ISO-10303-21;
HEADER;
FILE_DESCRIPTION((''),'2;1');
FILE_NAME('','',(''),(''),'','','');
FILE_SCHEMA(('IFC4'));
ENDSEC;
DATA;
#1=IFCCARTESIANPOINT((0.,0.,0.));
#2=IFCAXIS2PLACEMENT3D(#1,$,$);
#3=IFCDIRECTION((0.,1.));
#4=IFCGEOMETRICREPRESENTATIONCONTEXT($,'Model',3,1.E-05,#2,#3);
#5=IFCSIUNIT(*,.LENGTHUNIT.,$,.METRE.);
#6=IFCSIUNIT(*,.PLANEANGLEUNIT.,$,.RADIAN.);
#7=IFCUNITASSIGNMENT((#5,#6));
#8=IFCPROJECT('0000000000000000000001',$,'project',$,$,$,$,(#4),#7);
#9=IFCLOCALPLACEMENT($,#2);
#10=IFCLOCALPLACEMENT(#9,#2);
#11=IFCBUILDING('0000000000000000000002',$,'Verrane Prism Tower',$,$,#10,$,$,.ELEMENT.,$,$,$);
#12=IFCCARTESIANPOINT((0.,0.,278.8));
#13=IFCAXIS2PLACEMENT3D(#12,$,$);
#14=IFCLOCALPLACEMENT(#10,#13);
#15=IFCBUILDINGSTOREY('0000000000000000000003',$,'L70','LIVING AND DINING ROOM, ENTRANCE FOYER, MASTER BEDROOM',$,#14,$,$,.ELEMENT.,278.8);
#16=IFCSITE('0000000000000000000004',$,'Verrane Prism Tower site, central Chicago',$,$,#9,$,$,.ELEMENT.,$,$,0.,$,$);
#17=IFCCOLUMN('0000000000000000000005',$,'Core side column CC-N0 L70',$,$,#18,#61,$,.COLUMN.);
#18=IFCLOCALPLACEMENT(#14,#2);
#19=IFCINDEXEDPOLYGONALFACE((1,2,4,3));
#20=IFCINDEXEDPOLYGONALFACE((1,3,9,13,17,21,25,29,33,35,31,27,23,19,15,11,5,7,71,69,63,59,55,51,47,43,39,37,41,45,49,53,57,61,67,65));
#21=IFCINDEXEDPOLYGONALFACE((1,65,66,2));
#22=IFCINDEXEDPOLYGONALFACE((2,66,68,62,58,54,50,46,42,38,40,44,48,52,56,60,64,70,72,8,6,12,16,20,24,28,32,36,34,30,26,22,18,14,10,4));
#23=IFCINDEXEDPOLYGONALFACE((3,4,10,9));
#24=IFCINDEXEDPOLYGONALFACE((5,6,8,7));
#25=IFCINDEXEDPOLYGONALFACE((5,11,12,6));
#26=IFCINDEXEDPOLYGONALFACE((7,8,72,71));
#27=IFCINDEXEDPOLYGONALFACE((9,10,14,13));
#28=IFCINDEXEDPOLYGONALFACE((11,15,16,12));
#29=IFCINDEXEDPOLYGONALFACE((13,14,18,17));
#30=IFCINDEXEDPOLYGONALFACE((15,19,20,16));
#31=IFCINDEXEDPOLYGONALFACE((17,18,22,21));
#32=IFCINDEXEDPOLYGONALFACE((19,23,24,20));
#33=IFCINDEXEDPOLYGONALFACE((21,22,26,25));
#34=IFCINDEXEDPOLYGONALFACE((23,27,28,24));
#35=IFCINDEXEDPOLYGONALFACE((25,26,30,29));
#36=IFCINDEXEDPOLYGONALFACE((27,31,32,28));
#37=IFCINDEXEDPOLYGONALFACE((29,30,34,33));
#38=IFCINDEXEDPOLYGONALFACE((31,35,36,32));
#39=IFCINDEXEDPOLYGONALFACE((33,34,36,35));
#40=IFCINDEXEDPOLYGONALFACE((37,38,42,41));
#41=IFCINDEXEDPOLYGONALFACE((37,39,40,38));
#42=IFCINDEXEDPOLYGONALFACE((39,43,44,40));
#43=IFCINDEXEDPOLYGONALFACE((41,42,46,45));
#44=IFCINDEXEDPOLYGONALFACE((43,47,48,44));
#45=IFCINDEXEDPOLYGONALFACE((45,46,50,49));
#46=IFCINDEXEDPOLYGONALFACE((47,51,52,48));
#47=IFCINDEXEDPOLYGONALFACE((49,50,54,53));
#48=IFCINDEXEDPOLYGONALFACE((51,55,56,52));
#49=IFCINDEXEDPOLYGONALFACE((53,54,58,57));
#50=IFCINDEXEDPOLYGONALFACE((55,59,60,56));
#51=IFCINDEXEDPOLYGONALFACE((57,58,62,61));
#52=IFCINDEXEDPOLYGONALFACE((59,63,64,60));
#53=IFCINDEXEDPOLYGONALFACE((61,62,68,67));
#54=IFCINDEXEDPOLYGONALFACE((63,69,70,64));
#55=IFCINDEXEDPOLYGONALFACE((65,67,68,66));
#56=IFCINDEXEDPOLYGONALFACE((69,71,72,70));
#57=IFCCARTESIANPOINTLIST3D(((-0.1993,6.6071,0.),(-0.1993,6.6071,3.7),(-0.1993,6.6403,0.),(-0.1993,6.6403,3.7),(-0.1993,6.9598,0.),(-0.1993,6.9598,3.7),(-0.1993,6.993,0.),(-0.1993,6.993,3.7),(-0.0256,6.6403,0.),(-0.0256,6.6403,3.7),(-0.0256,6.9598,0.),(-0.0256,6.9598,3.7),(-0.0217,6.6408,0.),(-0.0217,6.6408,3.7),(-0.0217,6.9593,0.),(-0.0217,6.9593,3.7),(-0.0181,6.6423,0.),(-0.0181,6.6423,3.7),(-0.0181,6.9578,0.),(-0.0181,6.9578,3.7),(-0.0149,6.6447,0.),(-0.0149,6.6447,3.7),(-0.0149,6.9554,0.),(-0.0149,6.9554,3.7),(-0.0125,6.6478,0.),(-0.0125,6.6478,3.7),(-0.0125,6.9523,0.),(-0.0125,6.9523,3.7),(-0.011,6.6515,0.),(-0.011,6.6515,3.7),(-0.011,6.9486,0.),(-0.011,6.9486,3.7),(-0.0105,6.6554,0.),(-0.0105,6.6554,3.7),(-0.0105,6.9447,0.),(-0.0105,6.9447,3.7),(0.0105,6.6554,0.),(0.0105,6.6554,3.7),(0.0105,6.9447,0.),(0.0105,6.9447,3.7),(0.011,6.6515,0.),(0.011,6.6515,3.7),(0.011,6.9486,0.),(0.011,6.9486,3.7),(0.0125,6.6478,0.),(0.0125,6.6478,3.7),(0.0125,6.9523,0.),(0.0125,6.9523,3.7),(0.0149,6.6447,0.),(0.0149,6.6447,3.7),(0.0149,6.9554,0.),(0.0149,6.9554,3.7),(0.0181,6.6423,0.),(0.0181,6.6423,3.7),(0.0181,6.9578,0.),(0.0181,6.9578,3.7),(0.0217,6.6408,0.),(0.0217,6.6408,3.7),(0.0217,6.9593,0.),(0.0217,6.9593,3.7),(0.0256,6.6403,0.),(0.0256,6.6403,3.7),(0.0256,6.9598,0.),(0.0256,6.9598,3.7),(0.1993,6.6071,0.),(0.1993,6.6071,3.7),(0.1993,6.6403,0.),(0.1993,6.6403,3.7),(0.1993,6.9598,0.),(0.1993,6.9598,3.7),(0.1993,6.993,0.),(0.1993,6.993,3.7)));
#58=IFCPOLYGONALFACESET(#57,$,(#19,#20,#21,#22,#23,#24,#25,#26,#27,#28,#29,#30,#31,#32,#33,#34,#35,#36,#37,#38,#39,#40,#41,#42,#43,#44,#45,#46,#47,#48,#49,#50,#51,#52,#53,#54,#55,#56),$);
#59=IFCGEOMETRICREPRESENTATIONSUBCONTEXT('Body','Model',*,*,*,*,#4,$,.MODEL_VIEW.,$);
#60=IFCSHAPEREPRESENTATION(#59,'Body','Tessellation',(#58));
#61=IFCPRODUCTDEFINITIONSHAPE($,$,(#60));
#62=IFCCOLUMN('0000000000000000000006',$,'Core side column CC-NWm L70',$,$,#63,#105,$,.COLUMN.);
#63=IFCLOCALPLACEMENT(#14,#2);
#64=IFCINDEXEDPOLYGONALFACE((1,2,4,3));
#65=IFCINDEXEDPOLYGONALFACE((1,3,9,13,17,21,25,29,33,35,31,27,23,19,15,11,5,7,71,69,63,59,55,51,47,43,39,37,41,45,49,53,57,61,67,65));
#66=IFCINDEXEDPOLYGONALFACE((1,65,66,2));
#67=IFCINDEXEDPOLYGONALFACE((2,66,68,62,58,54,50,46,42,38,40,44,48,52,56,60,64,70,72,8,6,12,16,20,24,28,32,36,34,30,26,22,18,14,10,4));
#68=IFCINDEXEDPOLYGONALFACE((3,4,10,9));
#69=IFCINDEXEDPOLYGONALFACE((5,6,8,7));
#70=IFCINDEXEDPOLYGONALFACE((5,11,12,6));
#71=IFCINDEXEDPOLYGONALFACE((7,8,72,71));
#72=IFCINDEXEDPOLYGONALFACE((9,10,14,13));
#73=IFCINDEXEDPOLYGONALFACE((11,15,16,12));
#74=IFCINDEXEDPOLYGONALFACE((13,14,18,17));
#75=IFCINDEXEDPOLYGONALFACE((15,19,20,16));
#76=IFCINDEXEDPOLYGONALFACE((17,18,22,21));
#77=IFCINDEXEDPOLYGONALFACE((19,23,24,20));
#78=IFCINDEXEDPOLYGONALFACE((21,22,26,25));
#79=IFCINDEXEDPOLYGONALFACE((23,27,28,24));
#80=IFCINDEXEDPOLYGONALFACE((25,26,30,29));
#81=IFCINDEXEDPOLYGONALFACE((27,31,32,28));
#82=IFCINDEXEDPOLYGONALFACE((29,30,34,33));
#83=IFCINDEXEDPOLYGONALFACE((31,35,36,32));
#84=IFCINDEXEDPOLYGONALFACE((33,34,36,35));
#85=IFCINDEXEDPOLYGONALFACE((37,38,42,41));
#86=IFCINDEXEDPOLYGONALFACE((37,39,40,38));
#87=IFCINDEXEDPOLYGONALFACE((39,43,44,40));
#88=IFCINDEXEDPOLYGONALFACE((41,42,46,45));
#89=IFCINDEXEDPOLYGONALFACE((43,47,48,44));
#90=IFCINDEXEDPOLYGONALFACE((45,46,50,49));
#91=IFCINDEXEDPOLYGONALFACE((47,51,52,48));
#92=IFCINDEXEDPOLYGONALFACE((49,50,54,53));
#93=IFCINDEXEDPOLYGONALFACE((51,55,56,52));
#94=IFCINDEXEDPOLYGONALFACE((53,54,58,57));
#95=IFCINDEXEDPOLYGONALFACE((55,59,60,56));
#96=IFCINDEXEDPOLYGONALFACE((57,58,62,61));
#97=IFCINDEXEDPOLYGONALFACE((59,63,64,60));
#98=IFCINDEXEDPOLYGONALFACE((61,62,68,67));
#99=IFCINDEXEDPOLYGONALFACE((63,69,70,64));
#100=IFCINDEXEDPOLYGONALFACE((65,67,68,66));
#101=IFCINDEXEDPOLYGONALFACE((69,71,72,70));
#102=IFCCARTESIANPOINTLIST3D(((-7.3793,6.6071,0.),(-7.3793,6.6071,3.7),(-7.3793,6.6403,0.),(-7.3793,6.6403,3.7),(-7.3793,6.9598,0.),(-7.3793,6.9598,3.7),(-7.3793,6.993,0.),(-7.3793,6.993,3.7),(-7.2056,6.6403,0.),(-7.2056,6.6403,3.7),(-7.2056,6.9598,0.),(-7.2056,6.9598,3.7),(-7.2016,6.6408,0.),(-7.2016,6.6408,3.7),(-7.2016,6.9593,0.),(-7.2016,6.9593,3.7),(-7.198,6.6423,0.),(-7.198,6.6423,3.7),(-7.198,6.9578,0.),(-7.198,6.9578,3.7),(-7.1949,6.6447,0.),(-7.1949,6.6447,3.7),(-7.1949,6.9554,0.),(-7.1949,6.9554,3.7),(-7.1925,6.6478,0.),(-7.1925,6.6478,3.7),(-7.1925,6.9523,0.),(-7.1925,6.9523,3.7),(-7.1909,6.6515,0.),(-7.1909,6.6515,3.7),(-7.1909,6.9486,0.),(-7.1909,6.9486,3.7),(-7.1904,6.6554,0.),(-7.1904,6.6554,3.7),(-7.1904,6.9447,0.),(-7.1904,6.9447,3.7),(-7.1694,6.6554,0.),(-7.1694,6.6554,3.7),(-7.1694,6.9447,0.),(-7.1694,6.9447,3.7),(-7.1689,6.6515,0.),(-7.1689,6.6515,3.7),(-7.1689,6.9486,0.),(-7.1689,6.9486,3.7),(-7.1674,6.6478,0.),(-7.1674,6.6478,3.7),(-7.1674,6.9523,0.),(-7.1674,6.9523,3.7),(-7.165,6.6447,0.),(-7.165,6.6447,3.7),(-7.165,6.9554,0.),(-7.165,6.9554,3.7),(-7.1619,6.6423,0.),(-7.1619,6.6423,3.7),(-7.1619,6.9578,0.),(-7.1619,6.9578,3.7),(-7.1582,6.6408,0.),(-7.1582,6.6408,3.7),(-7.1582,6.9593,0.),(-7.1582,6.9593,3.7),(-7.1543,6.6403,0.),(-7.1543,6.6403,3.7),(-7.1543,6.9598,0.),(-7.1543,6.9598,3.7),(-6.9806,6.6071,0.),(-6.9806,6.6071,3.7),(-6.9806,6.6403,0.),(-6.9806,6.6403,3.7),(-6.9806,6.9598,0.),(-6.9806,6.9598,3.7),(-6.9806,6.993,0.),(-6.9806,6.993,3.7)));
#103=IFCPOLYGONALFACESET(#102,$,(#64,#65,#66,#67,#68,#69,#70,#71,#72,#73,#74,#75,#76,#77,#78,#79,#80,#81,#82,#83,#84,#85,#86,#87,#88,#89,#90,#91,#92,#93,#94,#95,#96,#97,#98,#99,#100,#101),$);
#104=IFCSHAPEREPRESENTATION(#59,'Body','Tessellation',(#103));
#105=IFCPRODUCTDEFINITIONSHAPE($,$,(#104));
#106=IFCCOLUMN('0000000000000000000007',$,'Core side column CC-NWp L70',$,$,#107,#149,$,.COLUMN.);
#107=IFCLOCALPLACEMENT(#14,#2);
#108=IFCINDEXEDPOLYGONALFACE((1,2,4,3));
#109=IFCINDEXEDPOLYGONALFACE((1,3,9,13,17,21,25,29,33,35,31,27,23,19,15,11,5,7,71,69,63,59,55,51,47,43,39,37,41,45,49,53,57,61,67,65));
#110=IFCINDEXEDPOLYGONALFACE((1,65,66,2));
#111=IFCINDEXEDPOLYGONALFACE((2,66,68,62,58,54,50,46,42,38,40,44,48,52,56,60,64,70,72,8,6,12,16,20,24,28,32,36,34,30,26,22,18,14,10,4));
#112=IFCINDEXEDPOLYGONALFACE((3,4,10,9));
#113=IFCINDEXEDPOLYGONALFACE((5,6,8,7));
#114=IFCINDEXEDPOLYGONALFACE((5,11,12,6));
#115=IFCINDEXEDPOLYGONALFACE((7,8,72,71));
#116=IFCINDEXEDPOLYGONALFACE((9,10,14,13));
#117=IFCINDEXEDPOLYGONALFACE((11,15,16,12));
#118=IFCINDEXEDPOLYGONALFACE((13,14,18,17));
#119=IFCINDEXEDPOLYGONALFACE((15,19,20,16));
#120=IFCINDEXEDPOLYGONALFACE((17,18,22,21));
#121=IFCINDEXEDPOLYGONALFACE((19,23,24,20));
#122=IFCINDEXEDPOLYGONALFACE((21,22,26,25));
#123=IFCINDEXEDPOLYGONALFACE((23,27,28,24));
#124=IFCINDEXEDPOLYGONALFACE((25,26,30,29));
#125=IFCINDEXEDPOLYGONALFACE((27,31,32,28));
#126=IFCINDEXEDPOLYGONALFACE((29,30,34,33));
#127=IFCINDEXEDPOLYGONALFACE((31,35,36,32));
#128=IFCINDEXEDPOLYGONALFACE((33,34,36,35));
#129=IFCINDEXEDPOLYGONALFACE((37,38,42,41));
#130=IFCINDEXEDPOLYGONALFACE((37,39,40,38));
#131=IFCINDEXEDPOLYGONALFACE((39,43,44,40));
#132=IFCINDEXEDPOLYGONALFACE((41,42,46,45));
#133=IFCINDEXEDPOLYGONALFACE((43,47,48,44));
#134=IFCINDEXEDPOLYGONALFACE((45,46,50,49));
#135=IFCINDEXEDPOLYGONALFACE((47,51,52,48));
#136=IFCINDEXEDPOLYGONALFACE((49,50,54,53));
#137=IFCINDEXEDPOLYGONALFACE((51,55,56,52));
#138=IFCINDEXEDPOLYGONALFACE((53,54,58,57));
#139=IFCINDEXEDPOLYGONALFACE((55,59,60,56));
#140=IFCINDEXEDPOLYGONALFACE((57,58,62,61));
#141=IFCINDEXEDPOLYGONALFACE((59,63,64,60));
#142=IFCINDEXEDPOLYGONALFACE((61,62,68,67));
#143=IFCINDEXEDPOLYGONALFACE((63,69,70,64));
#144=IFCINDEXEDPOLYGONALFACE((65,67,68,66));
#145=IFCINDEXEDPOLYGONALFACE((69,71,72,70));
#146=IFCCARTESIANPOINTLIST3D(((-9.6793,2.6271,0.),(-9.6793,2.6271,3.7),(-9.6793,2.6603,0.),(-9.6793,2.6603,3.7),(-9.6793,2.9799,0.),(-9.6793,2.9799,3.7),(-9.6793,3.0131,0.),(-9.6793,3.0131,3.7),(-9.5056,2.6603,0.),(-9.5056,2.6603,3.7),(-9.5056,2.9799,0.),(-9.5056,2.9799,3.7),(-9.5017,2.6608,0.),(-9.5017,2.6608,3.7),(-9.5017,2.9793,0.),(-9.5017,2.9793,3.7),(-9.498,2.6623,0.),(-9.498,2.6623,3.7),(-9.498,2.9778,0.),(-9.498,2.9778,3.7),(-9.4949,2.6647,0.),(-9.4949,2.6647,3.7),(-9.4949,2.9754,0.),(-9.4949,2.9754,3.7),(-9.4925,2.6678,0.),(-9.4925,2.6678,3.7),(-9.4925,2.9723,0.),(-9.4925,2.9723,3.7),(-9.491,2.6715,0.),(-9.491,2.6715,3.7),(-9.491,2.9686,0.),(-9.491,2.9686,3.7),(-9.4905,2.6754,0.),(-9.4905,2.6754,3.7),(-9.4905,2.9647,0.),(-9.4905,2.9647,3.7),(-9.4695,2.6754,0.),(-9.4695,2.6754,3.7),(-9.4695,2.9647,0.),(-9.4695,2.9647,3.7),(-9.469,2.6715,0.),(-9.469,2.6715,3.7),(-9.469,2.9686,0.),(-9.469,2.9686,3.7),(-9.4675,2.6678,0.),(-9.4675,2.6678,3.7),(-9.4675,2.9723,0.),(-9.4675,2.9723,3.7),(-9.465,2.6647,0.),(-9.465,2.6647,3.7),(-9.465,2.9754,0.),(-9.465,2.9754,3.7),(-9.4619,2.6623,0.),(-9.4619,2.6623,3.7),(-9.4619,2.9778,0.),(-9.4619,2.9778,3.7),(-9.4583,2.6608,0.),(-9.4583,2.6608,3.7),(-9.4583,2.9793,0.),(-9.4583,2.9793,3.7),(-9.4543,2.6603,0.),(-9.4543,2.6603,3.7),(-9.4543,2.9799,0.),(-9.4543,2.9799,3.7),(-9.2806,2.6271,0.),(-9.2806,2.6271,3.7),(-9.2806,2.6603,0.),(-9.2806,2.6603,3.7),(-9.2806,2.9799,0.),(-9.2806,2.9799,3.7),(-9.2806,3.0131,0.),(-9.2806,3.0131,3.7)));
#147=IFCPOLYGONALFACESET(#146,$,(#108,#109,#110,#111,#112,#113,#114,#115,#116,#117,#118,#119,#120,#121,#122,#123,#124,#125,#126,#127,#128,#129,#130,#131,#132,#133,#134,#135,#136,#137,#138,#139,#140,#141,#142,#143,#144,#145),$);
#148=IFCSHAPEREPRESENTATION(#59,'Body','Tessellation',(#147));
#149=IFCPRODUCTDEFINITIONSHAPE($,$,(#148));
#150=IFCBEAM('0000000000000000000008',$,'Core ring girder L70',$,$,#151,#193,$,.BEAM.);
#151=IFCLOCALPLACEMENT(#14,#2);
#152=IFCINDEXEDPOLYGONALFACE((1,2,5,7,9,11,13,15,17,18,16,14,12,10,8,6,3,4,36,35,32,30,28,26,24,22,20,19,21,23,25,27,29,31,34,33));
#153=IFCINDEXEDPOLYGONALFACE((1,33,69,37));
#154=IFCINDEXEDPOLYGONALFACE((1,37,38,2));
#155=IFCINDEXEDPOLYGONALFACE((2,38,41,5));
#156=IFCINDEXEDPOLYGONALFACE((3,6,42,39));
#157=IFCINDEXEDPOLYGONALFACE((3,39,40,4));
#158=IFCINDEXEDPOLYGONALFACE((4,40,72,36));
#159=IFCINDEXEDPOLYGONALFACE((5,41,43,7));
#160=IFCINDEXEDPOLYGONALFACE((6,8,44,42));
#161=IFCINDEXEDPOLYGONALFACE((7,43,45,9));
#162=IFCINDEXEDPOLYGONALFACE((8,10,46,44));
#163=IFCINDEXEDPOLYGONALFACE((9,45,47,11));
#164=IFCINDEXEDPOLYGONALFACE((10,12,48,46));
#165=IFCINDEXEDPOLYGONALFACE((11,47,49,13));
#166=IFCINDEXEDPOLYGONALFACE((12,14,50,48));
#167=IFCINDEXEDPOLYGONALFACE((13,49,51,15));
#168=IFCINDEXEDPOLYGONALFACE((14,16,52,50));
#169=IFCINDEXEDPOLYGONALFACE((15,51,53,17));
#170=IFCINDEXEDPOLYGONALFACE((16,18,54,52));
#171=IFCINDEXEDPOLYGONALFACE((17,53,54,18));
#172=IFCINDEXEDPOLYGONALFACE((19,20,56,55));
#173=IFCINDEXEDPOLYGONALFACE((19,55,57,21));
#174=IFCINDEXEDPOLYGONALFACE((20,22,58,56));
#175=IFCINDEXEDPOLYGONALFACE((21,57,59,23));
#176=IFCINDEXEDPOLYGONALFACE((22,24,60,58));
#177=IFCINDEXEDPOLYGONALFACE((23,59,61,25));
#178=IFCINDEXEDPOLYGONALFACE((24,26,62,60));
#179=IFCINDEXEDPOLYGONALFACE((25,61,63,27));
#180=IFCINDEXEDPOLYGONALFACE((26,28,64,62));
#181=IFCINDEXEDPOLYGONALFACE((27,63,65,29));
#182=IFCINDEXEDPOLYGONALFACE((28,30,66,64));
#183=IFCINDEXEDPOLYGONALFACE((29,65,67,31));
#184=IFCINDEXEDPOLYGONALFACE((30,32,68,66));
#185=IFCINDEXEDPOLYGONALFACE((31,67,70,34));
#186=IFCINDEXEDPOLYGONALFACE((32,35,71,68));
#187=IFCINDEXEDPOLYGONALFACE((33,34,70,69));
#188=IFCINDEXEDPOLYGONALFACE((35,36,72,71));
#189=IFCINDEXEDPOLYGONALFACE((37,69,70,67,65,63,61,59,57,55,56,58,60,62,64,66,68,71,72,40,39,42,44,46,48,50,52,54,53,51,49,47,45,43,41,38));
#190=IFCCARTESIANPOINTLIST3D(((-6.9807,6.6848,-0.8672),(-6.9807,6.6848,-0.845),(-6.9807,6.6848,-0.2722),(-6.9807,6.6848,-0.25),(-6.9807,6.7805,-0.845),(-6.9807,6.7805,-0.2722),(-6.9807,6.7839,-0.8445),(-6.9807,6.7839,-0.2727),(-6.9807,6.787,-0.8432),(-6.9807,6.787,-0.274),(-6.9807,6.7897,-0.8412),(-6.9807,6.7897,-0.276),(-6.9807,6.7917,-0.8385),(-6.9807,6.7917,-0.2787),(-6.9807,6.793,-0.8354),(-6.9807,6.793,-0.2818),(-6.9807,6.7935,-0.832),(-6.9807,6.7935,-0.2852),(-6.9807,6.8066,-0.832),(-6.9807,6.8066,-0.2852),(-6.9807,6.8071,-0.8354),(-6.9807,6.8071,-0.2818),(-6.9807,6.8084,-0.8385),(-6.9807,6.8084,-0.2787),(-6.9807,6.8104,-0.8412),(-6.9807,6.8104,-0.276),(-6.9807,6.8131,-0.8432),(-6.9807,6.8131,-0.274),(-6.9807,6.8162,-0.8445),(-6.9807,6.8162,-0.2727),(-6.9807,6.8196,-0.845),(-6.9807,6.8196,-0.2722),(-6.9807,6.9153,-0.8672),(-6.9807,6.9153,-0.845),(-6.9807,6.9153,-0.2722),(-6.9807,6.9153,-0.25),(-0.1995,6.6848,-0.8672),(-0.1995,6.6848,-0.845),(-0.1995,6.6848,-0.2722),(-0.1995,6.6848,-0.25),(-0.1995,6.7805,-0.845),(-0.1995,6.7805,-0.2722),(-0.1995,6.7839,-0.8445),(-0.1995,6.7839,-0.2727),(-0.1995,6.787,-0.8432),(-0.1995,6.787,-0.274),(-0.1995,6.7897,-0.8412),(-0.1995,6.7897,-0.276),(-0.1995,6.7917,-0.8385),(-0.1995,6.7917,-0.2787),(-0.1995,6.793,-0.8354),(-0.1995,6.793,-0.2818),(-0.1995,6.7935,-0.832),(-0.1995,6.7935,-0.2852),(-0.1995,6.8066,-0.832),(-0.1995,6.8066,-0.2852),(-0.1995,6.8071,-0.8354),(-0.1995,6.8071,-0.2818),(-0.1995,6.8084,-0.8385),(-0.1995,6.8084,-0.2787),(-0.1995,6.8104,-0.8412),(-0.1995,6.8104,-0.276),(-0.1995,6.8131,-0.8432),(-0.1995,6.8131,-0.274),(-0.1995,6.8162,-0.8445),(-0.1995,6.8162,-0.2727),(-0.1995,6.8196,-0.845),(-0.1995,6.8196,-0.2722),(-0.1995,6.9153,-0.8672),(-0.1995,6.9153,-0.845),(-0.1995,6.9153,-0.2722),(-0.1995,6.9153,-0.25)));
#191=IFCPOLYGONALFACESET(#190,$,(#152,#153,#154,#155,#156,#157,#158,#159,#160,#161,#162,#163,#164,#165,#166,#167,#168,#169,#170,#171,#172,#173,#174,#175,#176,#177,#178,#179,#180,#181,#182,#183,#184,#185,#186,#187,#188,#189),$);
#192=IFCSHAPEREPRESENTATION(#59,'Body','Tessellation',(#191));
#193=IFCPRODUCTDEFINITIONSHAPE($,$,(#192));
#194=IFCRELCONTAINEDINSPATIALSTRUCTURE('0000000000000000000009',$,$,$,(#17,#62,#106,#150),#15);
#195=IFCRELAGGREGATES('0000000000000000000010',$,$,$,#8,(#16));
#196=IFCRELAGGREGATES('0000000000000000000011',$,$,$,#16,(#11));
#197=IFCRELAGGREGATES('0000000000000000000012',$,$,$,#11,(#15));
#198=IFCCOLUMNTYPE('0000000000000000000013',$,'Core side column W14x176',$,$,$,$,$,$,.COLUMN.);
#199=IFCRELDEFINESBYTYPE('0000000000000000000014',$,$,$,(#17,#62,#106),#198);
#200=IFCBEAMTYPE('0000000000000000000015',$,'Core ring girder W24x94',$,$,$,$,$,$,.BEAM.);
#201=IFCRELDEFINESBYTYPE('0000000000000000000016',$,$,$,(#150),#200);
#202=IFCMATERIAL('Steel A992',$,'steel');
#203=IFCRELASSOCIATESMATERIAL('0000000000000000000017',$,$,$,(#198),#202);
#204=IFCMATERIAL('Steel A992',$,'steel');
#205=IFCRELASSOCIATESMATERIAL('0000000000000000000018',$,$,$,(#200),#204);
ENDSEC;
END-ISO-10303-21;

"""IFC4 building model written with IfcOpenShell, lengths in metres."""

from ifc_helpers import new_model, si_unit, direction, frame, origin, origin_2d, place, context, subcontext, project, spatial, i_section, extrude, material, material_profile, profile_set, type_object, element, save


model = new_model("IFC4")

# Units and contexts
model_context = context("Model", 3, precision=1e-05, world=origin(), true_north=direction((0.0, 1.0)))
body_context = subcontext(model_context, "Body", "Model", "MODEL_VIEW")
ifc_project = project(units=[si_unit("LENGTHUNIT", "METRE"), si_unit("PLANEANGLEUNIT", "RADIAN")], contexts=[model_context])

# Site, building, storey
site_placement = place(None, origin())
site = spatial("IfcSite", under=ifc_project, at=site_placement, Name="Verrane Prism Tower site, central Chicago", CompositionType="ELEMENT", RefElevation=0.0)
building_placement = place(site_placement, origin())
building = spatial("IfcBuilding", under=site, at=building_placement, Name="Verrane Prism Tower", CompositionType="ELEMENT")
storey_placement = place(building_placement, frame((0.0, 0.0, 278.8)))
storey = spatial("IfcBuildingStorey", under=building, at=storey_placement, Name="L70", Description="LIVING AND DINING ROOM, ENTRANCE FOYER, MASTER BEDROOM", CompositionType="ELEMENT", Elevation=278.8)

# Columns
ifc_material_1 = material(Name="Steel A992", Category="steel")
ifc_material_profile_1 = material_profile(ifc_material_1, i_section(OverallWidth=0.3987, OverallDepth=0.386, WebThickness=0.021, FlangeThickness=0.0332, FilletRadius=0.0151, at=origin_2d()), Name="W14x176")
ifc_profile_set_1 = profile_set([ifc_material_profile_1], Name="Steel A992")
column_type = type_object("IfcColumnType", Name="Core side column W14x176", PredefinedType="COLUMN", material=ifc_profile_set_1)
for number, where, z_axis, x_axis, name in (
    (1, (0.0, 6.8, 0.0), (0.0, 0.0, 1.0), (1.0, 0.0, 0.0), "Core side column CC-N0 L70"),
    (2, (-7.1799, 6.8, 0.0), (0.0, 0.0, 1.0), (1.0, 0.0, 0.0), "Core side column CC-NWm L70"),
    (3, (-9.48, 2.8201, 0.0), (0.0, 0.0, 1.0), (1.0, 0.0, 0.0), "Core side column CC-NWp L70"),
):
    element("IfcColumn", number, at=place(storey_placement, frame(where, z_axis=z_axis, x_axis=x_axis)), inside=storey, type_object=column_type, Name=name, PredefinedType="COLUMN", context=body_context, shape_type="SweptSolid", body=[
        extrude(i_section(OverallWidth=0.3987, OverallDepth=0.386, WebThickness=0.021, FlangeThickness=0.0332, FilletRadius=0.0151, at=origin_2d()), origin(), (0.0, 0.0, 1.0), 3.7),
    ])

# Beam
ifc_material_2 = material(Name="Steel A992", Category="steel")
ifc_material_profile_2 = material_profile(ifc_material_2, i_section(OverallWidth=0.2305, OverallDepth=0.6172, WebThickness=0.0132, FlangeThickness=0.0222, FilletRadius=0.0129, at=origin_2d()), Name="W24x94")
ifc_profile_set_2 = profile_set([ifc_material_profile_2], Name="Steel A992")
beam_type = type_object("IfcBeamType", Name="Core ring girder W24x94", PredefinedType="BEAM", material=ifc_profile_set_2)
beam_1_placement = place(storey_placement, frame((-0.1995, 6.8, -0.5586), z_axis=(-1.0, 0.0, 0.0), x_axis=(0.0, -1.0, 0.0)))
element("IfcBeam", 4, at=beam_1_placement, inside=storey, type_object=beam_type, Name="Core ring girder L70", PredefinedType="BEAM", context=body_context, shape_type="SweptSolid", body=[
    extrude(i_section(OverallWidth=0.2305, OverallDepth=0.6172, WebThickness=0.0132, FlangeThickness=0.0222, FilletRadius=0.0129, at=origin_2d()), origin(), (0.0, 0.0, 1.0), 6.7812),
])

save(model, "model.ifc")
